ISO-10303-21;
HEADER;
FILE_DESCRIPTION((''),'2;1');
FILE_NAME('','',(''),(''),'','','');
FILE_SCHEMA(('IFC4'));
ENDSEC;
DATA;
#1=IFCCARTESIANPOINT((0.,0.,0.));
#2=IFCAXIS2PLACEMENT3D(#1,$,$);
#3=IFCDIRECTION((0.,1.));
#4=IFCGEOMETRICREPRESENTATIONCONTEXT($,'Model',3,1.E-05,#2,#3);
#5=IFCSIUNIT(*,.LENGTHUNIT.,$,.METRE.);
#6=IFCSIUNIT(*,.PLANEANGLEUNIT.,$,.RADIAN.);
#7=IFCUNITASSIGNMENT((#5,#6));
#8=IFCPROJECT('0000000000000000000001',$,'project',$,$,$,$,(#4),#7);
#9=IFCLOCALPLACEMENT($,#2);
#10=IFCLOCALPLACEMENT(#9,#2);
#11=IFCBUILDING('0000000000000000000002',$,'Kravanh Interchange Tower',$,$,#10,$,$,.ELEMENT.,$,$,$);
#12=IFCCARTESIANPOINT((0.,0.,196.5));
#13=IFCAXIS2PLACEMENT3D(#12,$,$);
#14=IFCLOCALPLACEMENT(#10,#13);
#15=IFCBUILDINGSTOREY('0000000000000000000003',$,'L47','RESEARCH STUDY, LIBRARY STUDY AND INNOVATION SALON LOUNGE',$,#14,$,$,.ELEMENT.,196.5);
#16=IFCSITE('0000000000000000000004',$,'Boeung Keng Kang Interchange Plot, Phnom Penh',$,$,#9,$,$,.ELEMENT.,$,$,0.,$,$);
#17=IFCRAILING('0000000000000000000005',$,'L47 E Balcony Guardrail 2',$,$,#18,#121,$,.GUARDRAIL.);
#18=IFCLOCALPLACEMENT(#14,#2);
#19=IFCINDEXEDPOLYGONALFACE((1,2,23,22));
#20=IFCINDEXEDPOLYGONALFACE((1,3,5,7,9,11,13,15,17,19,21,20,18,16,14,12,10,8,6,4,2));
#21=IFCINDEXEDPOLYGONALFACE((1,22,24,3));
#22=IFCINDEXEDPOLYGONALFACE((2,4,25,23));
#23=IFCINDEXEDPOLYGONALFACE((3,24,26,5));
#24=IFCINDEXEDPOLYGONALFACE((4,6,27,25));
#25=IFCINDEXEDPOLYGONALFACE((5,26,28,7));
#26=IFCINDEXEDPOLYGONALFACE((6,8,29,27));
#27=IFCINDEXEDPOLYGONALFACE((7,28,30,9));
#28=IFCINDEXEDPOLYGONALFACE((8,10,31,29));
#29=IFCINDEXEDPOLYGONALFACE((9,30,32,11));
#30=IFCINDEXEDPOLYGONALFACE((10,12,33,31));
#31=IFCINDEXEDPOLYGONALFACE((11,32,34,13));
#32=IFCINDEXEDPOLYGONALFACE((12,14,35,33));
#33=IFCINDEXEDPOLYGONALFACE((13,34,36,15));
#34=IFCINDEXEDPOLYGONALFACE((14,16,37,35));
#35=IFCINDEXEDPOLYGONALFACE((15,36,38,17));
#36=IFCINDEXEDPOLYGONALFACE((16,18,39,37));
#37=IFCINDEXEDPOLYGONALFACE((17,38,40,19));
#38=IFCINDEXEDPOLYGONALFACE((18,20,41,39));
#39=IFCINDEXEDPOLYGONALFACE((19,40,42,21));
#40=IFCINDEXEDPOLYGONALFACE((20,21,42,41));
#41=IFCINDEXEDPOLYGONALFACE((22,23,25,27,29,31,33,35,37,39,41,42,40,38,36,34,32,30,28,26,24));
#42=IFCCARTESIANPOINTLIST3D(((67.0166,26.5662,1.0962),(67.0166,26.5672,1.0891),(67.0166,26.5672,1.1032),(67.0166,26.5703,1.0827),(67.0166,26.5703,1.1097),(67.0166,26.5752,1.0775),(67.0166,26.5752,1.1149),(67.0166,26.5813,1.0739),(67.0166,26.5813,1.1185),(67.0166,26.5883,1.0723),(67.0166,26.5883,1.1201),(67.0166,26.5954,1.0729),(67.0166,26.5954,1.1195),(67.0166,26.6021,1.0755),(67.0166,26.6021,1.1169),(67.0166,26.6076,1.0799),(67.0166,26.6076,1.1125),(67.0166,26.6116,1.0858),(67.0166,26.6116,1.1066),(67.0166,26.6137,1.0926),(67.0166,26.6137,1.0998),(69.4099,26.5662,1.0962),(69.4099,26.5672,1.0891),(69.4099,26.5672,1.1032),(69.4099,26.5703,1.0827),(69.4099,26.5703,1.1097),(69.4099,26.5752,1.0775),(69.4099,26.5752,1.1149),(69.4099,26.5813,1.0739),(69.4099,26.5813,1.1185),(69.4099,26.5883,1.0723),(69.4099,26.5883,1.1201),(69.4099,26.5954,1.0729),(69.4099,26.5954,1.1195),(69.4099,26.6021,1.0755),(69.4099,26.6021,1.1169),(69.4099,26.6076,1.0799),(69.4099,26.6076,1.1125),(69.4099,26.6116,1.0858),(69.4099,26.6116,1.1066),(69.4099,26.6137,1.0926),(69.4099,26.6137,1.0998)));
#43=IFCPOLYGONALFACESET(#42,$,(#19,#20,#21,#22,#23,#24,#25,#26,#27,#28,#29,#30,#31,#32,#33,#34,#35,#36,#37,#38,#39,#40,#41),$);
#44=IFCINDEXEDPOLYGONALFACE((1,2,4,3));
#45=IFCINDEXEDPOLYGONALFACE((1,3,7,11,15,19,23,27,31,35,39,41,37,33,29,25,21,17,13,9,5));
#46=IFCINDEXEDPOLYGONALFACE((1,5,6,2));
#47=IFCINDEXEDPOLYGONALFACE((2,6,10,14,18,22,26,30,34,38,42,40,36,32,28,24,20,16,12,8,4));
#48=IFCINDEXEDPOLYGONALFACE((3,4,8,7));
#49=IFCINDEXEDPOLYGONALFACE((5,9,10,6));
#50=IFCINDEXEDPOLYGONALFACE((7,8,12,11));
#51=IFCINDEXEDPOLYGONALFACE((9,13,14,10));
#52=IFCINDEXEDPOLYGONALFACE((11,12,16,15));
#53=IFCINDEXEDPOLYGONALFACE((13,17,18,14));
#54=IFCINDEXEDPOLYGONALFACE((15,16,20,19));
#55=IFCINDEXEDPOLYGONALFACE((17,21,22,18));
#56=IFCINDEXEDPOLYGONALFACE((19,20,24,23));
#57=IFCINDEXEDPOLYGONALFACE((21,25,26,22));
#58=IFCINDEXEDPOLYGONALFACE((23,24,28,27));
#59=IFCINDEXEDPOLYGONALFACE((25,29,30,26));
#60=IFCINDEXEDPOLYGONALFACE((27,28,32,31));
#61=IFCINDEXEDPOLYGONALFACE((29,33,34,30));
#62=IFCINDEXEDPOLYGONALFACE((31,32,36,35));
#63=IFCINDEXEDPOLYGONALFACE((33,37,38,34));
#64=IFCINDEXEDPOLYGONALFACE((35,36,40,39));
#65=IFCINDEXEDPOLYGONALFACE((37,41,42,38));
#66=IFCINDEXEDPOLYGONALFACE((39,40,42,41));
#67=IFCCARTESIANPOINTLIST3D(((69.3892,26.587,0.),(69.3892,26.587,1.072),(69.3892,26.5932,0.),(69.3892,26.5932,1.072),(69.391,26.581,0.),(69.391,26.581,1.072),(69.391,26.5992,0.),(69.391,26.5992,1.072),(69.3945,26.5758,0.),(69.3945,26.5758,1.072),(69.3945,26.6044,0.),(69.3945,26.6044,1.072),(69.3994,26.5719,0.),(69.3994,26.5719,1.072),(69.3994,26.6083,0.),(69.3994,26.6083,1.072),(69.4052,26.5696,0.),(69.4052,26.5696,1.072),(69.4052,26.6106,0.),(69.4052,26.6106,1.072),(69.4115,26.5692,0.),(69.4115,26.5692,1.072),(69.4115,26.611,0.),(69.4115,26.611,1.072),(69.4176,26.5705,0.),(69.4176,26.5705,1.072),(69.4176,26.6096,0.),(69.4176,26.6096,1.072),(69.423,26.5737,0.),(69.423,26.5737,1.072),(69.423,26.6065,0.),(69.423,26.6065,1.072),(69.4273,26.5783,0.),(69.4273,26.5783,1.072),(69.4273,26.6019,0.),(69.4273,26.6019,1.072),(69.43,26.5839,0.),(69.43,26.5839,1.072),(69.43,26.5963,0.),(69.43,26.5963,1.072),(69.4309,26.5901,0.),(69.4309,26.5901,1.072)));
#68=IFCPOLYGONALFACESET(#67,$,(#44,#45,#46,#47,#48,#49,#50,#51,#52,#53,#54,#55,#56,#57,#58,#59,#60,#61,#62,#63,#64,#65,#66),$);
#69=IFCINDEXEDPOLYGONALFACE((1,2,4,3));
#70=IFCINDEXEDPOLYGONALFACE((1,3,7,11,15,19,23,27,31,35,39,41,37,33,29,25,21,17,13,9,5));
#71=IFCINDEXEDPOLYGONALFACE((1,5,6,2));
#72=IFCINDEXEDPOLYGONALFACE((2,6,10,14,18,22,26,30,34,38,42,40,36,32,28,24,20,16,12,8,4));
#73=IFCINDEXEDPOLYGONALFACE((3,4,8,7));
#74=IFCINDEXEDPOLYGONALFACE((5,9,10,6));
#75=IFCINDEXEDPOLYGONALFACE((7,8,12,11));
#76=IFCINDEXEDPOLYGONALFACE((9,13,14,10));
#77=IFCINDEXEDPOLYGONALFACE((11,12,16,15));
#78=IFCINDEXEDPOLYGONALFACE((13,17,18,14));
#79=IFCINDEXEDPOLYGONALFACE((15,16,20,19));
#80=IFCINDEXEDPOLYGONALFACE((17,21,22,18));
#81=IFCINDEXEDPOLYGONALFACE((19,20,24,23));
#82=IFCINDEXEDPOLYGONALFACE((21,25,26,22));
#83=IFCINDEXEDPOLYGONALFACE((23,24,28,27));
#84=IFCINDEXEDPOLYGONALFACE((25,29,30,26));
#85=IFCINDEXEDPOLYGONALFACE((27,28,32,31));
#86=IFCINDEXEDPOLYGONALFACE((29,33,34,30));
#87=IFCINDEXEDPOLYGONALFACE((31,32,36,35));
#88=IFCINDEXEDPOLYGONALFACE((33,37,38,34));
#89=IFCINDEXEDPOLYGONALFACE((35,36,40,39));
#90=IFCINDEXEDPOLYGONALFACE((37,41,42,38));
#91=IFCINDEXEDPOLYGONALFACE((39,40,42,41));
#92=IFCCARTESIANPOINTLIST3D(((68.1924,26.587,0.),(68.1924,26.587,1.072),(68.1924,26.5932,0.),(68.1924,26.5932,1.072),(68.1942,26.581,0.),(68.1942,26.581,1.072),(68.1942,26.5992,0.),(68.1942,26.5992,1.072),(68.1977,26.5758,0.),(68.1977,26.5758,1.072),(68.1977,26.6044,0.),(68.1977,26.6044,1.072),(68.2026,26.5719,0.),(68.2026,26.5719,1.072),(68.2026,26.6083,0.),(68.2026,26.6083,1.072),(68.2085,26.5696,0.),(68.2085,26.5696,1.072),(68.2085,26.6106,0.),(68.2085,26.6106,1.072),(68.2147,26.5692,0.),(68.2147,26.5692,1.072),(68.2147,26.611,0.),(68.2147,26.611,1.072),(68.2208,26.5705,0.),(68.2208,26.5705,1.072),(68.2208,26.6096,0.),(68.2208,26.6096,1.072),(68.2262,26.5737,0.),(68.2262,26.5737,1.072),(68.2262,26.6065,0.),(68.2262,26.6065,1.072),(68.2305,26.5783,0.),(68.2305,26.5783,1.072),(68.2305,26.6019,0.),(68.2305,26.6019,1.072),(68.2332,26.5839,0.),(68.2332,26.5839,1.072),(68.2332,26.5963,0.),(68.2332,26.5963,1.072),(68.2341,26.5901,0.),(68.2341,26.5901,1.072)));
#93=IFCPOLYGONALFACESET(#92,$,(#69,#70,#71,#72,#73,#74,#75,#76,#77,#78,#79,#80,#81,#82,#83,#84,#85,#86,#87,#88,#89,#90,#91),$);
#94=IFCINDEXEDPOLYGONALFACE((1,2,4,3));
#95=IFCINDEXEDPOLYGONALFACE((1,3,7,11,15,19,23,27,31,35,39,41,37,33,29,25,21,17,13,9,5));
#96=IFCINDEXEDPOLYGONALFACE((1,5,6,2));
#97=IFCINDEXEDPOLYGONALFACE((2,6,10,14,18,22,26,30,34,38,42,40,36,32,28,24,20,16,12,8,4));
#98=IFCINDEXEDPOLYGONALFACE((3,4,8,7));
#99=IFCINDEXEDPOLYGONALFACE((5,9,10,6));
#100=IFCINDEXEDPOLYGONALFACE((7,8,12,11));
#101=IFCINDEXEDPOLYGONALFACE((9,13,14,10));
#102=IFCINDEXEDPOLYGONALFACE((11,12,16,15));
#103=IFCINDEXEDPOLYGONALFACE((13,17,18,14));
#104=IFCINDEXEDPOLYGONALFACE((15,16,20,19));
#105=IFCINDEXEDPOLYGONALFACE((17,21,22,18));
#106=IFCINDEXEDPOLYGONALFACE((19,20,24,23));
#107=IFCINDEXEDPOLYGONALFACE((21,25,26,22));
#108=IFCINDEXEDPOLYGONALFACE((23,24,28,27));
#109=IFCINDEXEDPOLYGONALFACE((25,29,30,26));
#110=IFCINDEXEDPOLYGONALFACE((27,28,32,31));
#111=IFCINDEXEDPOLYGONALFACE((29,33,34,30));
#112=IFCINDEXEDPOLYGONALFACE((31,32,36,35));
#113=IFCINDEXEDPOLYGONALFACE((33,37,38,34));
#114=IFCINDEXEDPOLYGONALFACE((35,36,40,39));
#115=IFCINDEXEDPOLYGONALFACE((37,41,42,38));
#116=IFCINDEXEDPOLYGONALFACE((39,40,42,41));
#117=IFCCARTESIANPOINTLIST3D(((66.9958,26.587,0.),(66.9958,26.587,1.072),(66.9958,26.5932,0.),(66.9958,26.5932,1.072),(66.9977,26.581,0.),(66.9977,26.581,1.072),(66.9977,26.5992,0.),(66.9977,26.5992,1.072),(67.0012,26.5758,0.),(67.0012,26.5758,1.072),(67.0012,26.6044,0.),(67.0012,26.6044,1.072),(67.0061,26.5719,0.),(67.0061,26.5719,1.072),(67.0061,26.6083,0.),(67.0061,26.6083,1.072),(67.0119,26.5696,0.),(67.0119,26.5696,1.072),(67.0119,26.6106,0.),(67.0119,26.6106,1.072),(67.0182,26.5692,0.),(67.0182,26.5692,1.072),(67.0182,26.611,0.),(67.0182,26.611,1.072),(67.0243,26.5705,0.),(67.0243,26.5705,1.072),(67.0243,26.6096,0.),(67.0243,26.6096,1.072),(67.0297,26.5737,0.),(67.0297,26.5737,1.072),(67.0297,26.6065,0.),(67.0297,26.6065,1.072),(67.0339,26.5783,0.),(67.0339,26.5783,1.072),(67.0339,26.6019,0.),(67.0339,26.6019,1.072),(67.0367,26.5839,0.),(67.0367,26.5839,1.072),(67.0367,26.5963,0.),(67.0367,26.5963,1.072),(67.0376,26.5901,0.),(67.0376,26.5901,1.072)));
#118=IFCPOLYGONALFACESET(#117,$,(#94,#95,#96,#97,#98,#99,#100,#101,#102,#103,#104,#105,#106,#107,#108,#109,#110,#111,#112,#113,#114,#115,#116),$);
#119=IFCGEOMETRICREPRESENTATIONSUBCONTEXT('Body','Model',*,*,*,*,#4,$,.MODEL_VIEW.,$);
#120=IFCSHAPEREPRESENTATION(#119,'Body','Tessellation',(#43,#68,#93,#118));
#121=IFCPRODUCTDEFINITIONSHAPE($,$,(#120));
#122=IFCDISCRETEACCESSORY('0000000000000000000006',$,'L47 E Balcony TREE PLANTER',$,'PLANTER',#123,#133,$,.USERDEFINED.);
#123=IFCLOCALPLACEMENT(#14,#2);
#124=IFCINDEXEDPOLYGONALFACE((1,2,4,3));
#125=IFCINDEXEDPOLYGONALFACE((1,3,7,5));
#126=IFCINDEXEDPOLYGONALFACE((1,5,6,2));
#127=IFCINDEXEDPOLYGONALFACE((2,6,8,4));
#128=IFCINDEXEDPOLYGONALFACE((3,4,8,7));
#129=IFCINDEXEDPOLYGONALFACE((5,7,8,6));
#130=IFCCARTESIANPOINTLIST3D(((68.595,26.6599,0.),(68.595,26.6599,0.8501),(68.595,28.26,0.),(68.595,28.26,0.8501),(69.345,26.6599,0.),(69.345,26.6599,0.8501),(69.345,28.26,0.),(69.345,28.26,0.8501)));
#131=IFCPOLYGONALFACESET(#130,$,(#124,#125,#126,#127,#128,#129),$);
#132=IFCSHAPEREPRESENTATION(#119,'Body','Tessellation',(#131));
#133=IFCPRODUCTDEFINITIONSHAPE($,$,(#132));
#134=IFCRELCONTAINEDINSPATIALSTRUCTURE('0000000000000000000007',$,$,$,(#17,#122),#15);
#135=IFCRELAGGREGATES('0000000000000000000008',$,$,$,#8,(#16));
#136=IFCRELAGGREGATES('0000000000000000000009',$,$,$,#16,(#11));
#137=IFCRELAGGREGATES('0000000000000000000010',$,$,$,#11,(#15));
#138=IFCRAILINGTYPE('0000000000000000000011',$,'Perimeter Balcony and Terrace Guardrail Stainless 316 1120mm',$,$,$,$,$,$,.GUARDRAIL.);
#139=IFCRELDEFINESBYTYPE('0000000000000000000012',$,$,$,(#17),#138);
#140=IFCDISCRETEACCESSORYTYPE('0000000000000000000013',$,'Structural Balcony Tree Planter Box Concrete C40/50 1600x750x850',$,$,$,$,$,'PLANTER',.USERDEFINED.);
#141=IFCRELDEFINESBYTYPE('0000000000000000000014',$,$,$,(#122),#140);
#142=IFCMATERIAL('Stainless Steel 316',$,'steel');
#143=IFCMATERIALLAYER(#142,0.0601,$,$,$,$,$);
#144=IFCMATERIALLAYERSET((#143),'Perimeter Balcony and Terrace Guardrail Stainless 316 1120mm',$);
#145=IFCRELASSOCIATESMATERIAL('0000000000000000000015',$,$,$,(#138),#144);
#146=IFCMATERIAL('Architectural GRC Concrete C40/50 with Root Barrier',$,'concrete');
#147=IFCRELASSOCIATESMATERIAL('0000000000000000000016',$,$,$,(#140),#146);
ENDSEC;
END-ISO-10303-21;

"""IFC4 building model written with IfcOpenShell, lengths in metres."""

from ifc_helpers import new_model, si_unit, direction, frame, origin, origin_2d, place, context, subcontext, project, spatial, rectangle, circle, extrude, material, layer, layer_set, type_object, element, save


model = new_model("IFC4")

# Units and contexts
model_context = context("Model", 3, precision=1e-05, world=origin(), true_north=direction((0.0, 1.0)))
body_context = subcontext(model_context, "Body", "Model", "MODEL_VIEW")
ifc_project = project(units=[si_unit("LENGTHUNIT", "METRE"), si_unit("PLANEANGLEUNIT", "RADIAN")], contexts=[model_context])

# Site, building, storey
site_placement = place(None, origin())
site = spatial("IfcSite", under=ifc_project, at=site_placement, Name="Boeung Keng Kang Interchange Plot, Phnom Penh", CompositionType="ELEMENT", RefElevation=0.0)
building_placement = place(site_placement, origin())
building = spatial("IfcBuilding", under=site, at=building_placement, Name="Kravanh Interchange Tower", CompositionType="ELEMENT")
storey_placement = place(building_placement, frame((0.0, 0.0, 196.5)))
storey = spatial("IfcBuildingStorey", under=building, at=storey_placement, Name="L47", Description="RESEARCH STUDY, LIBRARY STUDY AND INNOVATION SALON LOUNGE", CompositionType="ELEMENT", Elevation=196.5)

# Railing
ifc_material_1 = material(Name="Stainless Steel 316", Category="steel")
ifc_layer_1 = layer(ifc_material_1, 0.0601)
ifc_layer_set_1 = layer_set([ifc_layer_1], Name="Perimeter Balcony and Terrace Guardrail Stainless 316 1120mm")
railing_type = type_object("IfcRailingType", Name="Perimeter Balcony and Terrace Guardrail Stainless 316 1120mm", PredefinedType="GUARDRAIL", material=ifc_layer_set_1)
railing_placement = place(storey_placement, frame((69.4099, 26.5901, 0.0)))
element("IfcRailing", 1, at=railing_placement, inside=storey, type_object=railing_type, Name="L47 E Balcony Guardrail 2", PredefinedType="GUARDRAIL", context=body_context, shape_type="SweptSolid", body=[
    extrude(circle(Radius=0.0239, at=origin_2d()), frame((0.0, 0.0, 1.0962), z_axis=(-1.0, 0.0, 0.0), x_axis=(0.0, -1.0, 0.0)), (0.0, 0.0, 1.0), 2.3933),
    extrude(circle(Radius=0.021, at=origin_2d()), origin(), (0.0, 0.0, 1.0), 1.072),
    extrude(circle(Radius=0.021, at=origin_2d()), frame((-1.1968, 0.0, 0.0)), (0.0, 0.0, 1.0), 1.072),
    extrude(circle(Radius=0.021, at=origin_2d()), frame((-2.3933, 0.0, 0.0)), (0.0, 0.0, 1.0), 1.072),
])

# Discrete accessory
ifc_material_2 = material(Name="Architectural GRC Concrete C40/50 with Root Barrier", Category="concrete")
discrete_accessory_type = type_object("IfcDiscreteAccessoryType", Name="Structural Balcony Tree Planter Box Concrete C40/50 1600x750x850", ElementType="PLANTER", PredefinedType="USERDEFINED", material=ifc_material_2)
discrete_accessory_placement = place(storey_placement, frame((68.97, 27.46, 0.0), z_axis=(0.0, 0.0, 1.0), x_axis=(1.0, 0.0, 0.0)))
element("IfcDiscreteAccessory", 2, at=discrete_accessory_placement, inside=storey, type_object=discrete_accessory_type, Name="L47 E Balcony TREE PLANTER", ObjectType="PLANTER", PredefinedType="USERDEFINED", context=body_context, shape_type="SweptSolid", body=[
    extrude(rectangle(XDim=0.75, YDim=1.6001, at=origin_2d()), origin(), (0.0, 0.0, 1.0), 0.8501),
])

save(model, "model.ifc")
